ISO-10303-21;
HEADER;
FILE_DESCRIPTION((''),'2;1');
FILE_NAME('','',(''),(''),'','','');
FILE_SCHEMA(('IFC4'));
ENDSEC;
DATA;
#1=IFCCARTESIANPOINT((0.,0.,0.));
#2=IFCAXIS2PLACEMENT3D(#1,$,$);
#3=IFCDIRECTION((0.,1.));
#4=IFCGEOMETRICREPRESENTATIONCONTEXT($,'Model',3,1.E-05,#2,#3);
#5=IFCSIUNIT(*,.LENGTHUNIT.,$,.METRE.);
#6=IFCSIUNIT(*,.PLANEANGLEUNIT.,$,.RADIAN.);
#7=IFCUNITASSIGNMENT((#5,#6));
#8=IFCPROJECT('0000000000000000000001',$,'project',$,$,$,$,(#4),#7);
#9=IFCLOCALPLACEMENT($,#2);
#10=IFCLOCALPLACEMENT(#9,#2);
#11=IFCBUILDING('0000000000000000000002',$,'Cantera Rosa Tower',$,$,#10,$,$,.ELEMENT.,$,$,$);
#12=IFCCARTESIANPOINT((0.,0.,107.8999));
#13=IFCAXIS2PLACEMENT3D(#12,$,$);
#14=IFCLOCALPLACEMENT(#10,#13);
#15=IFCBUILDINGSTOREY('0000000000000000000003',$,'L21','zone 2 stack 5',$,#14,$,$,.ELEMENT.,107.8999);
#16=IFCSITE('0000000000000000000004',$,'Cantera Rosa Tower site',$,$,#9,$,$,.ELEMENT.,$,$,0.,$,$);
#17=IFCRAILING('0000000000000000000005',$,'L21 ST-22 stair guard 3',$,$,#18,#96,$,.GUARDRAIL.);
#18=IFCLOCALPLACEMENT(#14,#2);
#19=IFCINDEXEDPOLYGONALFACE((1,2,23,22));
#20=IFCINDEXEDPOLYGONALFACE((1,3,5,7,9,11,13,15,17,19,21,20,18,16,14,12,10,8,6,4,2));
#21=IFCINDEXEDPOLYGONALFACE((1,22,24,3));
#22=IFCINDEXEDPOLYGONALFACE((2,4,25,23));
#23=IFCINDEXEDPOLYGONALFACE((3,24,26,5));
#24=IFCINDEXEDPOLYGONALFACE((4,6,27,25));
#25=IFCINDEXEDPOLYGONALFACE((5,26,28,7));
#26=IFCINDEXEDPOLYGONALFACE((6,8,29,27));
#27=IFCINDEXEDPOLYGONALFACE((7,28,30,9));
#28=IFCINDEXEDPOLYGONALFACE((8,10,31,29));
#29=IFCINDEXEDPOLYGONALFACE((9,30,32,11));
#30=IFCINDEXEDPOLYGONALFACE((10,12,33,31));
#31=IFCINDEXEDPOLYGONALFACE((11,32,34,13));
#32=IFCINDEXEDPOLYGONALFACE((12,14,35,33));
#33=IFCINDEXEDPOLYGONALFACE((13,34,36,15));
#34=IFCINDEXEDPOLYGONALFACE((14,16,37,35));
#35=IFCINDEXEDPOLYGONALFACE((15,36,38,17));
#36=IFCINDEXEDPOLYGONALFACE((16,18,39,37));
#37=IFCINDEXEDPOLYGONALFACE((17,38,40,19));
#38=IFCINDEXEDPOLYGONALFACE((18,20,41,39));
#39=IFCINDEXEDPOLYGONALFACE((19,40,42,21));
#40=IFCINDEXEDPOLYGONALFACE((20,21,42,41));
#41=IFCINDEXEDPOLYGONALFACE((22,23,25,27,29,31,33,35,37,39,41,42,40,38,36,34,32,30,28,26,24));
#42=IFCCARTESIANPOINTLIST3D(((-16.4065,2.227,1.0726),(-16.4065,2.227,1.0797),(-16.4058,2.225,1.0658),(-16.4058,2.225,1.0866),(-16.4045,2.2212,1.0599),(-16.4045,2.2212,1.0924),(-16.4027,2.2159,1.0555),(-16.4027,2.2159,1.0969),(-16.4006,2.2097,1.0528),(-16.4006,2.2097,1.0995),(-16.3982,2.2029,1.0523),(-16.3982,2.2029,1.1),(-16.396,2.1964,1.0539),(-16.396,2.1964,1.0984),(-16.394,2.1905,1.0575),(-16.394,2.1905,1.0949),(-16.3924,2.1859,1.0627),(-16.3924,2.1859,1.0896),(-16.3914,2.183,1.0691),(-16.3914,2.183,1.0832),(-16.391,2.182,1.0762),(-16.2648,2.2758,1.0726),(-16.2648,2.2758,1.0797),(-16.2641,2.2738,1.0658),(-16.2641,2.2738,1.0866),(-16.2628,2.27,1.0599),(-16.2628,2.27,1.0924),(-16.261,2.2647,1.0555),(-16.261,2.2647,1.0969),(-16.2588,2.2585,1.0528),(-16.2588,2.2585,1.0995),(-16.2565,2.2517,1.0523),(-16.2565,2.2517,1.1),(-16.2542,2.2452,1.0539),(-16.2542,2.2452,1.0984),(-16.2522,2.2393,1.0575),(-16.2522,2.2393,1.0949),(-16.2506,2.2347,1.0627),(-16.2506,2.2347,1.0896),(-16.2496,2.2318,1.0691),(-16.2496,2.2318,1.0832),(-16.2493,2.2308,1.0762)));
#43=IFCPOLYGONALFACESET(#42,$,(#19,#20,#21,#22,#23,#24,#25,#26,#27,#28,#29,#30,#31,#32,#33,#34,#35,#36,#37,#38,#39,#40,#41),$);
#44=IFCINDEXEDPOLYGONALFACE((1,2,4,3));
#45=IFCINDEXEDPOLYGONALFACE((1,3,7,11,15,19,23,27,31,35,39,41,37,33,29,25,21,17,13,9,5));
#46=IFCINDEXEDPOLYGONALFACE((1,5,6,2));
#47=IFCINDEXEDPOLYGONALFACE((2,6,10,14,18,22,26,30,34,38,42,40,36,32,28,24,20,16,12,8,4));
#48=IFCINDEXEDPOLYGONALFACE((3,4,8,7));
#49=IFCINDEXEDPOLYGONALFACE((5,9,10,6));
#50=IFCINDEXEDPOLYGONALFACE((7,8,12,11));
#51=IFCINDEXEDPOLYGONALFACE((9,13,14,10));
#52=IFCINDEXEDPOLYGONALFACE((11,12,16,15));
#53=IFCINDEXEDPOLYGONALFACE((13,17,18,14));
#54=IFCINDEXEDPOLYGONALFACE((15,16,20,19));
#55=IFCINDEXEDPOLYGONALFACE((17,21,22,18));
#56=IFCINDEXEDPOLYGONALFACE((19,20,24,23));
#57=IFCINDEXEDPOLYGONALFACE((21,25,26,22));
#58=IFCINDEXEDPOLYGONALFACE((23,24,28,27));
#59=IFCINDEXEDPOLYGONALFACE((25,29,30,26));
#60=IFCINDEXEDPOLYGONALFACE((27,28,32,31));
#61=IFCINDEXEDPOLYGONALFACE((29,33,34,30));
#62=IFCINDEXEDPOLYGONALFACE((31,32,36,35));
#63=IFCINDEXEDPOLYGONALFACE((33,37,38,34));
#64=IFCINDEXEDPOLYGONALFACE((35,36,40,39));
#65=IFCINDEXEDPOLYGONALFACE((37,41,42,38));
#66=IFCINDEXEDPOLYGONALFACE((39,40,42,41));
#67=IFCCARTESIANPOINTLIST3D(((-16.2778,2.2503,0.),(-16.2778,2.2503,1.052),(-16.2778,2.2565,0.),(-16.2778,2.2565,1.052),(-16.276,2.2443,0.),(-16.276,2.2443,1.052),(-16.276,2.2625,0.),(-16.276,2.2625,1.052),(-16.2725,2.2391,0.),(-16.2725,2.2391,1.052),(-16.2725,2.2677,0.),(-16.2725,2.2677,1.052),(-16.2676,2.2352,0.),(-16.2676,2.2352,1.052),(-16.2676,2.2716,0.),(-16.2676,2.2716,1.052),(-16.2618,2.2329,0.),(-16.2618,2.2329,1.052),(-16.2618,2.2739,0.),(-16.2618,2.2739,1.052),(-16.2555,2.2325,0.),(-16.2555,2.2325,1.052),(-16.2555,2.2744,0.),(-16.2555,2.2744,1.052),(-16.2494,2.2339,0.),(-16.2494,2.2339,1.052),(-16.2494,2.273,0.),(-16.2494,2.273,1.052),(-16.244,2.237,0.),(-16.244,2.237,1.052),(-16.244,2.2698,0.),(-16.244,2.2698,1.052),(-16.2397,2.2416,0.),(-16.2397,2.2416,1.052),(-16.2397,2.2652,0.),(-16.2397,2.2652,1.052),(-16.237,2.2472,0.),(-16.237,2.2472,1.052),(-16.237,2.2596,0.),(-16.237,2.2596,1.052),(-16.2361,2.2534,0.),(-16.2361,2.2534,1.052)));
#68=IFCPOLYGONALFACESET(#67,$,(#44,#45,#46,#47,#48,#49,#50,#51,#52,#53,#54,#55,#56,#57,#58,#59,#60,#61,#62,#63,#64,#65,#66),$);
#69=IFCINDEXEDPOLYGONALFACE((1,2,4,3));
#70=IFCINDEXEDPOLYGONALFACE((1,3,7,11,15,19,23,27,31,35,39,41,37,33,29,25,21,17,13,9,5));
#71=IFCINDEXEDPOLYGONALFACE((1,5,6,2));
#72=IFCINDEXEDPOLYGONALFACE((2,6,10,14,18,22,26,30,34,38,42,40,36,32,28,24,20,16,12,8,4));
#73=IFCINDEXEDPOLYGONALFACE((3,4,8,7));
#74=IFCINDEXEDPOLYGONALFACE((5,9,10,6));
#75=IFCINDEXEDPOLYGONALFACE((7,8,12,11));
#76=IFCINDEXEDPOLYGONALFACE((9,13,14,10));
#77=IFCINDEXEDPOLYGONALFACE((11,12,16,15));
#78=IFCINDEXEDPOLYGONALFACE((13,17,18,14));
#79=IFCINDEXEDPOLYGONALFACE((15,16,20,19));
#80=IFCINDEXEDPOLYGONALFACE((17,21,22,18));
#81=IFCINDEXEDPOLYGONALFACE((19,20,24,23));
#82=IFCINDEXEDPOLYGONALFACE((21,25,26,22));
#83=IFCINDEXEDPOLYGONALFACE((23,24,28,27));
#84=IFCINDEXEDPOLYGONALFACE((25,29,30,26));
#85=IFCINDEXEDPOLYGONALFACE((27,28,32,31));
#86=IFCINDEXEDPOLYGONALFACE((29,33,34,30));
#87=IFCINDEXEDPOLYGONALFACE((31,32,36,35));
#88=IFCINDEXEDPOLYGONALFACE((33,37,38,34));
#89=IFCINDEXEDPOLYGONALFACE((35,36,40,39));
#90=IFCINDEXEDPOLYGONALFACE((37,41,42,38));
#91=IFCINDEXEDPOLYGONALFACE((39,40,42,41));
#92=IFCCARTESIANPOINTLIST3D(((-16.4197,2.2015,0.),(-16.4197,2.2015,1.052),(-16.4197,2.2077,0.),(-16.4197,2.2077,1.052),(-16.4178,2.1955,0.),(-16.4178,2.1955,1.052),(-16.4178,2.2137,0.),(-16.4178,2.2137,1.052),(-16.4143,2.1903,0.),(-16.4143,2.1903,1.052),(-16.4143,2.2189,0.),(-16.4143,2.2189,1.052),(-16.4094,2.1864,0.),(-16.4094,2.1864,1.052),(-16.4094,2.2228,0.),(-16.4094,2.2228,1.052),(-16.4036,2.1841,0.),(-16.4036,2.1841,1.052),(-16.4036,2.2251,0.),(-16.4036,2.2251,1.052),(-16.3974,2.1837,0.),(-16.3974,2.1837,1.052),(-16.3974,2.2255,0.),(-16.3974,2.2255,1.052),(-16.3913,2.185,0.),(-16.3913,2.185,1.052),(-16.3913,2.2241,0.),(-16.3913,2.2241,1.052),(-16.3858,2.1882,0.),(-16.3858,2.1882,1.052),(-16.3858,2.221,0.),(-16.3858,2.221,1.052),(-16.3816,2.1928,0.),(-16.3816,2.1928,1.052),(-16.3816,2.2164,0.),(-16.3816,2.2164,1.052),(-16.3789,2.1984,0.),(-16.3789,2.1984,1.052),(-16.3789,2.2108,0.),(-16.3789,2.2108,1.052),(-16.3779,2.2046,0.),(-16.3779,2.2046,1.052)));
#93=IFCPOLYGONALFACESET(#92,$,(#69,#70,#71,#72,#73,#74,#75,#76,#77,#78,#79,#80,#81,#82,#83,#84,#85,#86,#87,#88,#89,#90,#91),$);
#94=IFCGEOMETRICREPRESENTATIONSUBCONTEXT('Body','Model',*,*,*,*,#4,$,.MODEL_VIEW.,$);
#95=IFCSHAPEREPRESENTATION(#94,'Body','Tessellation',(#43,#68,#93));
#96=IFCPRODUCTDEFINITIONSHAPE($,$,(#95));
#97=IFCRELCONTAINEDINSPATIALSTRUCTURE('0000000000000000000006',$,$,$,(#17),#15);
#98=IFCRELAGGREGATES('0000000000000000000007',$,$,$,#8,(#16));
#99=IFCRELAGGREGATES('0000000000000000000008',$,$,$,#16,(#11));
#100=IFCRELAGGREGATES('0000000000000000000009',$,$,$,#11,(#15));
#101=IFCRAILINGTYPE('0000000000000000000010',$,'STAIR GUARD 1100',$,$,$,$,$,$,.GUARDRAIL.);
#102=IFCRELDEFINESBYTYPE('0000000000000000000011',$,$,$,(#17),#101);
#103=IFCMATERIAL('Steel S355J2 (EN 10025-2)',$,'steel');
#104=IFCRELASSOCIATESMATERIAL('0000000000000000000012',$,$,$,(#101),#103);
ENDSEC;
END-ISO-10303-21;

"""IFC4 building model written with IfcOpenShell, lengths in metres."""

from ifc_helpers import new_model, si_unit, direction, frame, origin, origin_2d, place, context, subcontext, project, spatial, circle, extrude, material, type_object, element, save


model = new_model("IFC4")

# Units and contexts
model_context = context("Model", 3, precision=1e-05, world=origin(), true_north=direction((0.0, 1.0)))
body_context = subcontext(model_context, "Body", "Model", "MODEL_VIEW")
ifc_project = project(units=[si_unit("LENGTHUNIT", "METRE"), si_unit("PLANEANGLEUNIT", "RADIAN")], contexts=[model_context])

# Site, building, storey
site_placement = place(None, origin())
site = spatial("IfcSite", under=ifc_project, at=site_placement, Name="Cantera Rosa Tower site", CompositionType="ELEMENT", RefElevation=0.0)
building_placement = place(site_placement, origin())
building = spatial("IfcBuilding", under=site, at=building_placement, Name="Cantera Rosa Tower", CompositionType="ELEMENT")
storey_placement = place(building_placement, frame((0.0, 0.0, 107.8999)))
storey = spatial("IfcBuildingStorey", under=building, at=storey_placement, Name="L21", Description="zone 2 stack 5", CompositionType="ELEMENT", Elevation=107.8999)

# Railing
ifc_material_1 = material(Name="Steel S355J2 (EN 10025-2)", Category="steel")
railing_type_1 = type_object("IfcRailingType", Name="STAIR GUARD 1100", PredefinedType="GUARDRAIL", material=ifc_material_1)
railing_1_placement = place(storey_placement, frame((-16.2571, 2.2534, 0.0)))
element("IfcRailing", 1, at=railing_1_placement, inside=storey, type_object=railing_type_1, Name="L21 ST-22 stair guard 3", PredefinedType="GUARDRAIL", context=body_context, shape_type="SweptSolid", body=[
    extrude(circle(Radius=0.0239, at=origin_2d()), frame((0.0, 0.0, 1.0762), z_axis=(-0.945546, -0.325489, 0.0), x_axis=(0.325489, -0.945546, 0.0)), (0.0, 0.0, 1.0), 0.1499),
    extrude(circle(Radius=0.021, at=origin_2d()), origin(), (0.0, 0.0, 1.0), 1.052),
    extrude(circle(Radius=0.021, at=origin_2d()), frame((-0.1418, -0.0488, 0.0)), (0.0, 0.0, 1.0), 1.052),
])

save(model, "model.ifc")
